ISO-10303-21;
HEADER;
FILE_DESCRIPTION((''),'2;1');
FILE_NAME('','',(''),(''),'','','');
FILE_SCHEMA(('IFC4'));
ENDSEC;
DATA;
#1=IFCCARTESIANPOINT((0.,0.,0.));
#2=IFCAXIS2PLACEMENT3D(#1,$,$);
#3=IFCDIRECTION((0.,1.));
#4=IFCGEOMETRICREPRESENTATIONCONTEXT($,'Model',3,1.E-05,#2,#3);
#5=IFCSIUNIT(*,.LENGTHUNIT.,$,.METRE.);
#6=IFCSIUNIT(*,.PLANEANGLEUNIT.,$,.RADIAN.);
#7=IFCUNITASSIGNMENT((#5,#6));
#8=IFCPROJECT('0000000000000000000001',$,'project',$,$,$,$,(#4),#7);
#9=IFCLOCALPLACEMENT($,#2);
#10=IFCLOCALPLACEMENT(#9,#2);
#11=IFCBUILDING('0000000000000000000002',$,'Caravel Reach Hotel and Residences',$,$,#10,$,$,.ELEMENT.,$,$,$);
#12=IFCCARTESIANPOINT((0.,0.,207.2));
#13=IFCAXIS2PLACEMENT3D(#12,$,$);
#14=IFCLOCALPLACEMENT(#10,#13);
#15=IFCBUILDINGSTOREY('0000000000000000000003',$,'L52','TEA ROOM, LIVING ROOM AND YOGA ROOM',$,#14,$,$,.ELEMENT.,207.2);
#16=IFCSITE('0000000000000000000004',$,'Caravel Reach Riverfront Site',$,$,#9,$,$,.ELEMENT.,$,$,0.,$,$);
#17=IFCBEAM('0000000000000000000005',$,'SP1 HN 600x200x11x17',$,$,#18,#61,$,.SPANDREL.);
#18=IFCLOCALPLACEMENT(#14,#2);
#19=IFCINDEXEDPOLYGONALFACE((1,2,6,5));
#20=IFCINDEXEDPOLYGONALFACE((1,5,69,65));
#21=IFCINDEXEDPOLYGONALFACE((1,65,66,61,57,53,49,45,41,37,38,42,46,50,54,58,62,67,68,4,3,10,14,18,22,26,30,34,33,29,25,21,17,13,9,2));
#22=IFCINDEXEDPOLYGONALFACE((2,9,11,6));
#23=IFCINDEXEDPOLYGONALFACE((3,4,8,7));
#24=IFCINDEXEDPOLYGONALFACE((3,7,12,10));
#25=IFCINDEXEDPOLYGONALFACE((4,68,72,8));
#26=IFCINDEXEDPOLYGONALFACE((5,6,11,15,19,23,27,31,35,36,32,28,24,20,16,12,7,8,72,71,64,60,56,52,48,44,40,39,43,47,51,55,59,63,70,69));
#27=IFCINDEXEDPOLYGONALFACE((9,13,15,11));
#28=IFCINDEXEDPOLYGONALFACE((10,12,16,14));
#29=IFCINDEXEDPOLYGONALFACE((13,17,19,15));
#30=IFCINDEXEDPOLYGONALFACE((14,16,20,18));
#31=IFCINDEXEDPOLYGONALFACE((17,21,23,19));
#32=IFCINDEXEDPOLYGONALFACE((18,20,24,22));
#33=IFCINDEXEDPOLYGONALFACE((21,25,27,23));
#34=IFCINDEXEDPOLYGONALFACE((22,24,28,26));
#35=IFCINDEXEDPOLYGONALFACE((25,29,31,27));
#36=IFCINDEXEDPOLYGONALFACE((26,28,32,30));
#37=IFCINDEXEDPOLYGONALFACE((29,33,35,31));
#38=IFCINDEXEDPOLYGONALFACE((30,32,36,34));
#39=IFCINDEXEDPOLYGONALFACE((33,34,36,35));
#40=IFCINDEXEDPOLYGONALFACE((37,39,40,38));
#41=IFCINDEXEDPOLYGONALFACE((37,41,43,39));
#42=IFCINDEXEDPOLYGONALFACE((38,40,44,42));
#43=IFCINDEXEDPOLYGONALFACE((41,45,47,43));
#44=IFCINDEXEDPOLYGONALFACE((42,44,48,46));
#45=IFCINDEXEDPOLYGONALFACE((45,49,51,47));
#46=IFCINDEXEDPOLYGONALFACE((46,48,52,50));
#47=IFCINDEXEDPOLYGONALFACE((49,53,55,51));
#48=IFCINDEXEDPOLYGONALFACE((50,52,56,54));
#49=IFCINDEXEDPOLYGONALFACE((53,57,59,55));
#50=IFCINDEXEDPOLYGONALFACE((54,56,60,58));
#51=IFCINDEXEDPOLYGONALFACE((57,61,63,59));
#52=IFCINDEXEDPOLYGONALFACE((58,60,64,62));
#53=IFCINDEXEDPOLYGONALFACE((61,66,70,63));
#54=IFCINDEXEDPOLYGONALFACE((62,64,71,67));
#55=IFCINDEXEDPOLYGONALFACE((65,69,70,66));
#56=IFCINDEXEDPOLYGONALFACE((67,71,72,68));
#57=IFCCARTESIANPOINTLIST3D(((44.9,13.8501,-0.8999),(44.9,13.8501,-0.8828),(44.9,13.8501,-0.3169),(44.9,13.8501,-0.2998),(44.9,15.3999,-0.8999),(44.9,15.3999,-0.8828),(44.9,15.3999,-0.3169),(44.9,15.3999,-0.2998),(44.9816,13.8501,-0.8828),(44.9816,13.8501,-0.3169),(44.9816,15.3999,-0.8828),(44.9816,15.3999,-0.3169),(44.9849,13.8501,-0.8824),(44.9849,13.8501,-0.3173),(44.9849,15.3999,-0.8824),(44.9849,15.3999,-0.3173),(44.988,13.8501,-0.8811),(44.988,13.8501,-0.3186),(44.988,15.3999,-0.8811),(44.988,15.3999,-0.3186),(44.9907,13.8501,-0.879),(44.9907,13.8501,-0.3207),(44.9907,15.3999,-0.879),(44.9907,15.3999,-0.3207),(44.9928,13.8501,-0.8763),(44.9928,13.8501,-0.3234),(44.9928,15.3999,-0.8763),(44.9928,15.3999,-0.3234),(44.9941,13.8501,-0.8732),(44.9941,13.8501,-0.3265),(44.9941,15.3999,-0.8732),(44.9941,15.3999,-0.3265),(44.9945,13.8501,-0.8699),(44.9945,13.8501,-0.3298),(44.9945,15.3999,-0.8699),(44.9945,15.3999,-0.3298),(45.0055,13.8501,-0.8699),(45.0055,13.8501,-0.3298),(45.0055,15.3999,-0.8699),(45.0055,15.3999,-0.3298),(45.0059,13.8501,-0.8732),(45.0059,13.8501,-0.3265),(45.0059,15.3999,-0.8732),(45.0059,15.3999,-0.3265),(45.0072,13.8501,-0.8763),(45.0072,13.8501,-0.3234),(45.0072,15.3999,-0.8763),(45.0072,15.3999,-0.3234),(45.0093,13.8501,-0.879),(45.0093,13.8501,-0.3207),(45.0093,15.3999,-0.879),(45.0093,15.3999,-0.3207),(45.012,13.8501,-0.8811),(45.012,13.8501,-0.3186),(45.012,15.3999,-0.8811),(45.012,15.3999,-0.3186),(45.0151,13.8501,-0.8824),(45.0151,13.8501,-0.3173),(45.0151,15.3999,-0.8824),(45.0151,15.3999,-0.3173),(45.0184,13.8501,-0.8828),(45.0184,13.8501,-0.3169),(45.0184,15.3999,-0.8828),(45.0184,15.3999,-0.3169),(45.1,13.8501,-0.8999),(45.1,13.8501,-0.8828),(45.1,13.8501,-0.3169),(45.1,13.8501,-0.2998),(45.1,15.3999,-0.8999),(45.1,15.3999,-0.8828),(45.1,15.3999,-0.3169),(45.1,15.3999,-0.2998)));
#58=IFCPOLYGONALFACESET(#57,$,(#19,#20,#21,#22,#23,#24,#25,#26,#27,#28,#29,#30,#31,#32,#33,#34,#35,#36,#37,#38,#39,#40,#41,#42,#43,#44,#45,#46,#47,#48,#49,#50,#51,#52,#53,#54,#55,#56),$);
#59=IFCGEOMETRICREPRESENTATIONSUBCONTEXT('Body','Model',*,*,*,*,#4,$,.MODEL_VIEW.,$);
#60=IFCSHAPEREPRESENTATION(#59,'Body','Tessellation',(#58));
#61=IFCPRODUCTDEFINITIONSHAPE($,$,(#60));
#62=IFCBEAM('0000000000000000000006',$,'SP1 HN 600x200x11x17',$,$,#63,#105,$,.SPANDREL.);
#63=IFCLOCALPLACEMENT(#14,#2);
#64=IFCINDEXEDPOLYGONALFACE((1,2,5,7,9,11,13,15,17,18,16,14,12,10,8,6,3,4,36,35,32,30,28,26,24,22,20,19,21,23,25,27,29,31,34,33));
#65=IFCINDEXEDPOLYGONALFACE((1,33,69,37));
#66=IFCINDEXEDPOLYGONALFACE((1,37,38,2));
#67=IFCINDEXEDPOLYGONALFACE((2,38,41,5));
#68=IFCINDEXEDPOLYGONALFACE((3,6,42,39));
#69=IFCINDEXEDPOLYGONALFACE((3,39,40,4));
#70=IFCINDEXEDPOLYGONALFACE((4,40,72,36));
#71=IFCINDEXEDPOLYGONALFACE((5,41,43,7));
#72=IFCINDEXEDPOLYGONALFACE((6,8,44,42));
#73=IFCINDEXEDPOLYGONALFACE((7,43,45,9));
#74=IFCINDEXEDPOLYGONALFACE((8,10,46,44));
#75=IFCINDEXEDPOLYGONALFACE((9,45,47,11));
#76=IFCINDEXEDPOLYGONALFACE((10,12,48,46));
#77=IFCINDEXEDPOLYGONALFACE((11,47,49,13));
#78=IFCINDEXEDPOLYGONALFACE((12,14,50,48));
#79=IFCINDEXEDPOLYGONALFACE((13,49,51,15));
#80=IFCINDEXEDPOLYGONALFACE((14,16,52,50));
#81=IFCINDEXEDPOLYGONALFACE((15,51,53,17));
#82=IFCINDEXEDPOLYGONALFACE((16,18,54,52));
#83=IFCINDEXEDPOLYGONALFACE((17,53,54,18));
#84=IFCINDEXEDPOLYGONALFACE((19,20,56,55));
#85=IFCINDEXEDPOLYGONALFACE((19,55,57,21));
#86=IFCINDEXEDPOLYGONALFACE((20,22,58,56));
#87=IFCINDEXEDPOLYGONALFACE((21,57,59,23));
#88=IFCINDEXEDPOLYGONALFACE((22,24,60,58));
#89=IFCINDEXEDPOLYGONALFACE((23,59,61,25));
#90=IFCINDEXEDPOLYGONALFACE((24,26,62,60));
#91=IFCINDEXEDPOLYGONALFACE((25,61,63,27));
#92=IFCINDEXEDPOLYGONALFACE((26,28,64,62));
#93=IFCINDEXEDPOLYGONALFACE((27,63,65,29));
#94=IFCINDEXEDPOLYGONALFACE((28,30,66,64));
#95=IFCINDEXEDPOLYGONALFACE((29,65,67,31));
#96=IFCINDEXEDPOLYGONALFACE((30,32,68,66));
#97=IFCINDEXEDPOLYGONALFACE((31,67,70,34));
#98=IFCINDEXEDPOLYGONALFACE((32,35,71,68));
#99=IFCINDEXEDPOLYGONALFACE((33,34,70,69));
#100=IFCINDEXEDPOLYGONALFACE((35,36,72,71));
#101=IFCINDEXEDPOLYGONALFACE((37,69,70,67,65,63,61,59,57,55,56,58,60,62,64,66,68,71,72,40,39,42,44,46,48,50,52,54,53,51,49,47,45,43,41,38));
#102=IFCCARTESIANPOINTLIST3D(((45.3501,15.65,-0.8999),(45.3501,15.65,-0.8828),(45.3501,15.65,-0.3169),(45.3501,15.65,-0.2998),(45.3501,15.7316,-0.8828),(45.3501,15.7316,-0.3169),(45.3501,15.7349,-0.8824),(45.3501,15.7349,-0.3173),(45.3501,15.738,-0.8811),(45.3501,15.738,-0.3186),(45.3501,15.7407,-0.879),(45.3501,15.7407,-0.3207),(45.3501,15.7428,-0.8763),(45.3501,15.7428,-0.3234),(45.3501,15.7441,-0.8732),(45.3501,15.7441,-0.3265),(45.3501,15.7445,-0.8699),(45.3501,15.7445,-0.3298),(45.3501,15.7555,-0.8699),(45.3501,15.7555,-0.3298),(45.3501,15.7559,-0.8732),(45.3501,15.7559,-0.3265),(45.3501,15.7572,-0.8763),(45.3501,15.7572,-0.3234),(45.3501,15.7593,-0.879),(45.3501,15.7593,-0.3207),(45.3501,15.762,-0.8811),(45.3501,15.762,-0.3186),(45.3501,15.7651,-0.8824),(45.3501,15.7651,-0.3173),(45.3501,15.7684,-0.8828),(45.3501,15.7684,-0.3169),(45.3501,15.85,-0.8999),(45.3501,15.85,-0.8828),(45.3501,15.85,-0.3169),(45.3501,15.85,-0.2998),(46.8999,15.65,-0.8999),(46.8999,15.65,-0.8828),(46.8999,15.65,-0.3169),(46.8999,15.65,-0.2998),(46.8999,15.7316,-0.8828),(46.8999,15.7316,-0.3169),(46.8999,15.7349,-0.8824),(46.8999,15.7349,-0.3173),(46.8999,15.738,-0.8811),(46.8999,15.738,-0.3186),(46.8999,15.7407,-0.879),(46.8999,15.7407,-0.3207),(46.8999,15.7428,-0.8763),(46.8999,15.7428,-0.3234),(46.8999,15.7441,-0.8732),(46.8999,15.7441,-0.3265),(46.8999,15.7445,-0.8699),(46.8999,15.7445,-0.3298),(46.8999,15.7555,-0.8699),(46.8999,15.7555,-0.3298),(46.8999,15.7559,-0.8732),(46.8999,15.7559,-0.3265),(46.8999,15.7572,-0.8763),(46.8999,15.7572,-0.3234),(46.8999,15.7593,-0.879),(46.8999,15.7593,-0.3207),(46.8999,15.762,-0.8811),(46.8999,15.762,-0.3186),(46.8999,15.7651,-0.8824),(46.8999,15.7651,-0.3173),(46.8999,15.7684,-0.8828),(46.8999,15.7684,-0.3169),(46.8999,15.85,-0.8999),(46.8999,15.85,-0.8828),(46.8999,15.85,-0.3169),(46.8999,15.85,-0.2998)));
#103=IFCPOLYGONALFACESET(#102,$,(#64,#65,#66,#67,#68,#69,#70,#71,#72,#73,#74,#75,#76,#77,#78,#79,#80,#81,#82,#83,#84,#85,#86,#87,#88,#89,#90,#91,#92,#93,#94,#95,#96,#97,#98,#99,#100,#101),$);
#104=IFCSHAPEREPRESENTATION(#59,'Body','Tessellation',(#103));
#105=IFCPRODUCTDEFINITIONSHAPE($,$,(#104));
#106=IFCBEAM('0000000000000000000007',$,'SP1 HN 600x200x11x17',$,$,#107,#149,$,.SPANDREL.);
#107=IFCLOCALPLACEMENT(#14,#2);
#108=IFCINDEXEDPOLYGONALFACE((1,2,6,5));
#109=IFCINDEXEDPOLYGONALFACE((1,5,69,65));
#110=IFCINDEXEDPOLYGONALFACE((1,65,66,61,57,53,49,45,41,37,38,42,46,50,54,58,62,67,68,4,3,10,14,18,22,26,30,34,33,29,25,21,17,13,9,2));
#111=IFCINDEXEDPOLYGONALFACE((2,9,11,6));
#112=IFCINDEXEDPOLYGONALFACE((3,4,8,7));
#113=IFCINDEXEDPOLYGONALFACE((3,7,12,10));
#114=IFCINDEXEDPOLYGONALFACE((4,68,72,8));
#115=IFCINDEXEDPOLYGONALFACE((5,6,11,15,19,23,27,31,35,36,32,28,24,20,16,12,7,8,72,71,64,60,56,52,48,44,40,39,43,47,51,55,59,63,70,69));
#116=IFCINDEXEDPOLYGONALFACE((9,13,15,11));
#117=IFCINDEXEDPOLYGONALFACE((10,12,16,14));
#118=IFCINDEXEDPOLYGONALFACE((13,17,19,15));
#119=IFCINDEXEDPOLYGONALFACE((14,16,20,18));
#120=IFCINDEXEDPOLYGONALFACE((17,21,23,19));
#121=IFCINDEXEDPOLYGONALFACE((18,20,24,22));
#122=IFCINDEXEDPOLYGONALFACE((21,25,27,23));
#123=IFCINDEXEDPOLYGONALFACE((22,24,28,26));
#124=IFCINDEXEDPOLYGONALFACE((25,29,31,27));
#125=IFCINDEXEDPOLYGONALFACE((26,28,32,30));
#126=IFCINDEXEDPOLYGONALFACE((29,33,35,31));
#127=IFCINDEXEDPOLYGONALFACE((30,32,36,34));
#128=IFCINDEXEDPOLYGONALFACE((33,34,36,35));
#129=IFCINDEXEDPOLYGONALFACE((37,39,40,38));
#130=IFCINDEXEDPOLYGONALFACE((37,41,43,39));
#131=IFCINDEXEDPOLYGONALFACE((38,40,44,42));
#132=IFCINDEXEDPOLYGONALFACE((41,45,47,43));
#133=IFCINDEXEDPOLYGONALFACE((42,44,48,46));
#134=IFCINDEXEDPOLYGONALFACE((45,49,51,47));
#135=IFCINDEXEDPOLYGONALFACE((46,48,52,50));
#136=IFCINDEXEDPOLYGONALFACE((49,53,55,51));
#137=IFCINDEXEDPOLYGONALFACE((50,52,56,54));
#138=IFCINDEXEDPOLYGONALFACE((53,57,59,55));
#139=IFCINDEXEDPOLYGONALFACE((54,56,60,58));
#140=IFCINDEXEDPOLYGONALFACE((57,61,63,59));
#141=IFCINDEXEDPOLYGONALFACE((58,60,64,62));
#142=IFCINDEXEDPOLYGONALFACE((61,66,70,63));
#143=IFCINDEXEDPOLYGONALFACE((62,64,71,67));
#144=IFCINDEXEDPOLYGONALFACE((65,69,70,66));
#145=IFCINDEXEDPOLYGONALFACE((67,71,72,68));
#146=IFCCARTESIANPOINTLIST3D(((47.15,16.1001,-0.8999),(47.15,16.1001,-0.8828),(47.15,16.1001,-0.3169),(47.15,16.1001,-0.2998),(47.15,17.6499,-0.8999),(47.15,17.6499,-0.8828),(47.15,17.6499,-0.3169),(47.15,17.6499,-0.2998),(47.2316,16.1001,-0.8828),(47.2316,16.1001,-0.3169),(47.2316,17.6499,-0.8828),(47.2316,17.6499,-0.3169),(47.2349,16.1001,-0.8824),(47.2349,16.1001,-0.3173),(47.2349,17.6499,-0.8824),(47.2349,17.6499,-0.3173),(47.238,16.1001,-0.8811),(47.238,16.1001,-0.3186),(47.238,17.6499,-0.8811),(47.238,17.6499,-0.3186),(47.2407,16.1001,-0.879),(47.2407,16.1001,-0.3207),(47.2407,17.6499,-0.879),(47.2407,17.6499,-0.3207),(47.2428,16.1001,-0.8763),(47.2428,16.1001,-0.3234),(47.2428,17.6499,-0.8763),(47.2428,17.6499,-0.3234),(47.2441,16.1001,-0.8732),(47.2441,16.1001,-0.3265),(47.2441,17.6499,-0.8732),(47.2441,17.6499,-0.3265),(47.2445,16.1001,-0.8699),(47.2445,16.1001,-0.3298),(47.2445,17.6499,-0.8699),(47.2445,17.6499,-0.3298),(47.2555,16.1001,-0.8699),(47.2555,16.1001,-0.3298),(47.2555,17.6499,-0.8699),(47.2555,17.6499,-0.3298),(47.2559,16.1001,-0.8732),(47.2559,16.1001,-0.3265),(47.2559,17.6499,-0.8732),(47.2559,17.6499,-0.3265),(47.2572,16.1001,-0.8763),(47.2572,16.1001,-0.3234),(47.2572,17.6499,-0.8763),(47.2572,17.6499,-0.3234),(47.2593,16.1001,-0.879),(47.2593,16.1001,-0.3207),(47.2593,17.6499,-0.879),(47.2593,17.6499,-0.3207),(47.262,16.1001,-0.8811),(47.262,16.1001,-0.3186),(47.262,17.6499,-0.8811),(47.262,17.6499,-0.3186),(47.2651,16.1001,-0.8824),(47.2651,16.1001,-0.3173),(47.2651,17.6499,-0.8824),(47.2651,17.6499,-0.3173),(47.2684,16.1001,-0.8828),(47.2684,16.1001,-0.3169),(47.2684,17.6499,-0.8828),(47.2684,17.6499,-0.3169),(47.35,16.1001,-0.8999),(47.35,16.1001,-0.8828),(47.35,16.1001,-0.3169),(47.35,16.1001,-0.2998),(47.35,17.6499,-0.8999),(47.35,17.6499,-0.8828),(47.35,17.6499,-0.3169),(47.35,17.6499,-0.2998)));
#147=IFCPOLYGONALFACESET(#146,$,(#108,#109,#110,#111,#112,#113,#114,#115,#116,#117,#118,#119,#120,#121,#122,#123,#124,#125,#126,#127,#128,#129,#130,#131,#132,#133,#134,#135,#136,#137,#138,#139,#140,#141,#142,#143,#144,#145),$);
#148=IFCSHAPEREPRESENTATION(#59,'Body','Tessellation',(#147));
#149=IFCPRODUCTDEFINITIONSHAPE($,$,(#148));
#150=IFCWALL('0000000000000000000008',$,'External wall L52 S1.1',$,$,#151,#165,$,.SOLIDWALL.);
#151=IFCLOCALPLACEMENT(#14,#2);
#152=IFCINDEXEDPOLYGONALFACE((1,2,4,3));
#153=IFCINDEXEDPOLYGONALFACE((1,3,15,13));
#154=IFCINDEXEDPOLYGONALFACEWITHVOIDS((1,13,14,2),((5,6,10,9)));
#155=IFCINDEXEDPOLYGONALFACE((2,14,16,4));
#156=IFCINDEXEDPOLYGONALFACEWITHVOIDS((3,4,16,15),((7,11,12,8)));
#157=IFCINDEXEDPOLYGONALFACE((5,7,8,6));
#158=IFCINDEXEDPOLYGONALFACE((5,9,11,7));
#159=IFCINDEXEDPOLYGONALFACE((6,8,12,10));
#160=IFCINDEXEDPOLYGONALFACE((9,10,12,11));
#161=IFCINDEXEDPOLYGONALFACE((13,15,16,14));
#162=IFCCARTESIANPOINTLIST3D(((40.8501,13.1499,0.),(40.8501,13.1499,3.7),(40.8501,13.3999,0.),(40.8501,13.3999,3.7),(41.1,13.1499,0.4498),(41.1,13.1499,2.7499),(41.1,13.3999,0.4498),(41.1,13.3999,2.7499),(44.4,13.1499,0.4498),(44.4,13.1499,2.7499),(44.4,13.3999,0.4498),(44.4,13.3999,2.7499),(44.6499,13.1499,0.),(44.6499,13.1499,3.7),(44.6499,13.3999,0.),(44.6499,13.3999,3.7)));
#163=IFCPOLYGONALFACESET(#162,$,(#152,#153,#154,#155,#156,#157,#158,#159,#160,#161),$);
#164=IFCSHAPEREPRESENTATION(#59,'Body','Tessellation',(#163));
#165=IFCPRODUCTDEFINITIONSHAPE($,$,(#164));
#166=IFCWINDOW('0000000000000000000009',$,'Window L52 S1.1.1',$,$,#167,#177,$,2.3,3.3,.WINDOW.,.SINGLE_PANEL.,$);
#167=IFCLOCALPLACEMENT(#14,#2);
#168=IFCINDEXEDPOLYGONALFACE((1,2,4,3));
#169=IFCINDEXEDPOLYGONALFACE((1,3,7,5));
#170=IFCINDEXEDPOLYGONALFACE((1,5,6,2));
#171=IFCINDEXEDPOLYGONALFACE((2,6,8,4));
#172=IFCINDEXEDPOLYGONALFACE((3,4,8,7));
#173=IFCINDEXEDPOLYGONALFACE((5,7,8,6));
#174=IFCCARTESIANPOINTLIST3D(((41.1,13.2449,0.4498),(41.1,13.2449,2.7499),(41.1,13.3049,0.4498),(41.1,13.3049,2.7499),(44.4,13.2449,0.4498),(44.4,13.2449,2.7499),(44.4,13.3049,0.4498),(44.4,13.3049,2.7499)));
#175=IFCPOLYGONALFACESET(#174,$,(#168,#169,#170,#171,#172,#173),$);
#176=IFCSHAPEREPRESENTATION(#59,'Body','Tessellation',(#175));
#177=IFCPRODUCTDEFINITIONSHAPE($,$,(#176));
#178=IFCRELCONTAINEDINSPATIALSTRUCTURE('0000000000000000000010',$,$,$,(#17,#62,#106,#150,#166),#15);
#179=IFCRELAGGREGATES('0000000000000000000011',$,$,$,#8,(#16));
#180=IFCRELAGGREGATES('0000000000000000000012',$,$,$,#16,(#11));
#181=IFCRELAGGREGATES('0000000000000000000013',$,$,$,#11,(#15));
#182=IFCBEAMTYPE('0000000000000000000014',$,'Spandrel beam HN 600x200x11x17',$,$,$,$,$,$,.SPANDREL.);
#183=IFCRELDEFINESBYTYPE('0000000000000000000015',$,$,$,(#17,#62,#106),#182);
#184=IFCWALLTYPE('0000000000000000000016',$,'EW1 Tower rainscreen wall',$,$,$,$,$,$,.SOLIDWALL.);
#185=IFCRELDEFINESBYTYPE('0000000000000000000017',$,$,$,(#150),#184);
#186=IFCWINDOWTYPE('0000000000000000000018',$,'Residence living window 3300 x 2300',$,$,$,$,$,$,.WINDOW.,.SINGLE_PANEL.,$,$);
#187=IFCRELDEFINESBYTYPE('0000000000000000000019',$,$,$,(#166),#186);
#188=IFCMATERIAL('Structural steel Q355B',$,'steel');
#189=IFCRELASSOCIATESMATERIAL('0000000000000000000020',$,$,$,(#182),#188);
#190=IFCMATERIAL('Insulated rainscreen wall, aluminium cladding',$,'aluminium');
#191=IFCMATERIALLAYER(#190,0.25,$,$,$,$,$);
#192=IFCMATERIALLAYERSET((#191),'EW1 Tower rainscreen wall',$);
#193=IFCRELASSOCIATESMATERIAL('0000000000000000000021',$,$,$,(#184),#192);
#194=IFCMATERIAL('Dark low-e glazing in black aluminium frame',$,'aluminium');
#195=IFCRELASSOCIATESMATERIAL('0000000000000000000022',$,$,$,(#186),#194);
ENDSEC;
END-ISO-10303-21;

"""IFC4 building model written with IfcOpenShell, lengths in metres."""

from ifc_helpers import new_model, si_unit, direction, frame, frame_2d, origin, origin_2d, place, context, subcontext, project, spatial, rectangle, i_section, extrude, material, layer, layer_set, material_profile, profile_set, type_object, element, fill, save


model = new_model("IFC4")

# Units and contexts
model_context = context("Model", 3, precision=1e-05, world=origin(), true_north=direction((0.0, 1.0)))
body_context = subcontext(model_context, "Body", "Model", "MODEL_VIEW")
ifc_project = project(units=[si_unit("LENGTHUNIT", "METRE"), si_unit("PLANEANGLEUNIT", "RADIAN")], contexts=[model_context])

# Site, building, storey
site_placement = place(None, origin())
site = spatial("IfcSite", under=ifc_project, at=site_placement, Name="Caravel Reach Riverfront Site", CompositionType="ELEMENT", RefElevation=0.0)
building_placement = place(site_placement, origin())
building = spatial("IfcBuilding", under=site, at=building_placement, Name="Caravel Reach Hotel and Residences", CompositionType="ELEMENT")
storey_placement = place(building_placement, frame((0.0, 0.0, 207.2)))
storey = spatial("IfcBuildingStorey", under=building, at=storey_placement, Name="L52", Description="TEA ROOM, LIVING ROOM AND YOGA ROOM", CompositionType="ELEMENT", Elevation=207.2)

# Beams
ifc_material_1 = material(Name="Structural steel Q355B", Category="steel")
ifc_material_profile_1 = material_profile(ifc_material_1, i_section(OverallWidth=0.2, OverallDepth=0.6001, WebThickness=0.011, FlangeThickness=0.0171, FilletRadius=0.0129, at=origin_2d()), Name="HN 600x200x11x17")
ifc_profile_set_1 = profile_set([ifc_material_profile_1], Name="Structural steel Q355B")
beam_type_1 = type_object("IfcBeamType", Name="Spandrel beam HN 600x200x11x17", PredefinedType="SPANDREL", material=ifc_profile_set_1)
for number, where, z_axis, x_axis, name in (
    (1, (45.0, 13.8501, -0.5999), (0.0, 1.0, 0.0), (-1.0, 0.0, 0.0), "SP1 HN 600x200x11x17"),
    (2, (45.3501, 15.75, -0.5999), (1.0, 0.0, 0.0), (0.0, 1.0, 0.0), "SP1 HN 600x200x11x17"),
    (3, (47.25, 16.1001, -0.5999), (0.0, 1.0, 0.0), (-1.0, 0.0, 0.0), "SP1 HN 600x200x11x17"),
):
    element("IfcBeam", number, at=place(storey_placement, frame(where, z_axis=z_axis, x_axis=x_axis)), inside=storey, type_object=beam_type_1, Name=name, PredefinedType="SPANDREL", context=body_context, shape_type="SweptSolid", body=[
        extrude(i_section(OverallWidth=0.2, OverallDepth=0.6001, WebThickness=0.011, FlangeThickness=0.0171, FilletRadius=0.0129, at=origin_2d()), origin(), (0.0, 0.0, 1.0), 1.5498),
    ])

# Wall, opening, window
ifc_material_2 = material(Name="Insulated rainscreen wall, aluminium cladding", Category="aluminium")
ifc_layer_1 = layer(ifc_material_2, 0.25)
ifc_layer_set_1 = layer_set([ifc_layer_1], Name="EW1 Tower rainscreen wall")
wall_type_1 = type_object("IfcWallType", Name="EW1 Tower rainscreen wall", PredefinedType="SOLIDWALL", material=ifc_layer_set_1)
wall_1_placement = place(storey_placement, frame((40.8501, 13.2749, 0.0), z_axis=(0.0, 0.0, 1.0), x_axis=(1.0, 0.0, 0.0)))
wall_1 = element("IfcWall", 4, at=wall_1_placement, inside=storey, type_object=wall_type_1, Name="External wall L52 S1.1", PredefinedType="SOLIDWALL", context=body_context, shape_type="SweptSolid", body=[
    extrude(rectangle(XDim=3.7998, YDim=0.25, at=frame_2d((1.8999, 0.0))), origin(), (0.0, 0.0, 1.0), 3.7),
])
opening_1_placement = place(wall_1_placement, frame((0.25, 0.0, 0.45)))
opening_1 = element("IfcOpeningElement", 5, at=opening_1_placement, cuts=wall_1, PredefinedType="OPENING", context=body_context, shape_type="SweptSolid", body=[
    extrude(rectangle(XDim=3.3, YDim=2.3, at=frame_2d((1.6499, 1.1499))), frame((0.0, 0.135, 0.0), z_axis=(0.0, -1.0, 0.0), x_axis=(1.0, 0.0, 0.0)), (0.0, 0.0, 1.0), 0.27),
])
ifc_material_3 = material(Name="Dark low-e glazing in black aluminium frame", Category="aluminium")
window_type_1 = type_object("IfcWindowType", Name="Residence living window 3300 x 2300", PartitioningType="SINGLE_PANEL", PredefinedType="WINDOW", material=ifc_material_3)
window_1_placement = place(opening_1_placement, origin())
window_1 = element("IfcWindow", 6, at=window_1_placement, inside=storey, type_object=window_type_1, Name="Window L52 S1.1.1", OverallHeight=2.3, OverallWidth=3.3, PartitioningType="SINGLE_PANEL", PredefinedType="WINDOW", context=body_context, shape_type="SweptSolid", body=[
    extrude(rectangle(XDim=3.3, YDim=2.3, at=frame_2d((1.6499, 1.1499))), frame((0.0, 0.03, 0.0), z_axis=(0.0, -1.0, 0.0), x_axis=(1.0, 0.0, 0.0)), (0.0, 0.0, 1.0), 0.0601),
])
fill(opening_1, window_1)

save(model, "model.ifc")
